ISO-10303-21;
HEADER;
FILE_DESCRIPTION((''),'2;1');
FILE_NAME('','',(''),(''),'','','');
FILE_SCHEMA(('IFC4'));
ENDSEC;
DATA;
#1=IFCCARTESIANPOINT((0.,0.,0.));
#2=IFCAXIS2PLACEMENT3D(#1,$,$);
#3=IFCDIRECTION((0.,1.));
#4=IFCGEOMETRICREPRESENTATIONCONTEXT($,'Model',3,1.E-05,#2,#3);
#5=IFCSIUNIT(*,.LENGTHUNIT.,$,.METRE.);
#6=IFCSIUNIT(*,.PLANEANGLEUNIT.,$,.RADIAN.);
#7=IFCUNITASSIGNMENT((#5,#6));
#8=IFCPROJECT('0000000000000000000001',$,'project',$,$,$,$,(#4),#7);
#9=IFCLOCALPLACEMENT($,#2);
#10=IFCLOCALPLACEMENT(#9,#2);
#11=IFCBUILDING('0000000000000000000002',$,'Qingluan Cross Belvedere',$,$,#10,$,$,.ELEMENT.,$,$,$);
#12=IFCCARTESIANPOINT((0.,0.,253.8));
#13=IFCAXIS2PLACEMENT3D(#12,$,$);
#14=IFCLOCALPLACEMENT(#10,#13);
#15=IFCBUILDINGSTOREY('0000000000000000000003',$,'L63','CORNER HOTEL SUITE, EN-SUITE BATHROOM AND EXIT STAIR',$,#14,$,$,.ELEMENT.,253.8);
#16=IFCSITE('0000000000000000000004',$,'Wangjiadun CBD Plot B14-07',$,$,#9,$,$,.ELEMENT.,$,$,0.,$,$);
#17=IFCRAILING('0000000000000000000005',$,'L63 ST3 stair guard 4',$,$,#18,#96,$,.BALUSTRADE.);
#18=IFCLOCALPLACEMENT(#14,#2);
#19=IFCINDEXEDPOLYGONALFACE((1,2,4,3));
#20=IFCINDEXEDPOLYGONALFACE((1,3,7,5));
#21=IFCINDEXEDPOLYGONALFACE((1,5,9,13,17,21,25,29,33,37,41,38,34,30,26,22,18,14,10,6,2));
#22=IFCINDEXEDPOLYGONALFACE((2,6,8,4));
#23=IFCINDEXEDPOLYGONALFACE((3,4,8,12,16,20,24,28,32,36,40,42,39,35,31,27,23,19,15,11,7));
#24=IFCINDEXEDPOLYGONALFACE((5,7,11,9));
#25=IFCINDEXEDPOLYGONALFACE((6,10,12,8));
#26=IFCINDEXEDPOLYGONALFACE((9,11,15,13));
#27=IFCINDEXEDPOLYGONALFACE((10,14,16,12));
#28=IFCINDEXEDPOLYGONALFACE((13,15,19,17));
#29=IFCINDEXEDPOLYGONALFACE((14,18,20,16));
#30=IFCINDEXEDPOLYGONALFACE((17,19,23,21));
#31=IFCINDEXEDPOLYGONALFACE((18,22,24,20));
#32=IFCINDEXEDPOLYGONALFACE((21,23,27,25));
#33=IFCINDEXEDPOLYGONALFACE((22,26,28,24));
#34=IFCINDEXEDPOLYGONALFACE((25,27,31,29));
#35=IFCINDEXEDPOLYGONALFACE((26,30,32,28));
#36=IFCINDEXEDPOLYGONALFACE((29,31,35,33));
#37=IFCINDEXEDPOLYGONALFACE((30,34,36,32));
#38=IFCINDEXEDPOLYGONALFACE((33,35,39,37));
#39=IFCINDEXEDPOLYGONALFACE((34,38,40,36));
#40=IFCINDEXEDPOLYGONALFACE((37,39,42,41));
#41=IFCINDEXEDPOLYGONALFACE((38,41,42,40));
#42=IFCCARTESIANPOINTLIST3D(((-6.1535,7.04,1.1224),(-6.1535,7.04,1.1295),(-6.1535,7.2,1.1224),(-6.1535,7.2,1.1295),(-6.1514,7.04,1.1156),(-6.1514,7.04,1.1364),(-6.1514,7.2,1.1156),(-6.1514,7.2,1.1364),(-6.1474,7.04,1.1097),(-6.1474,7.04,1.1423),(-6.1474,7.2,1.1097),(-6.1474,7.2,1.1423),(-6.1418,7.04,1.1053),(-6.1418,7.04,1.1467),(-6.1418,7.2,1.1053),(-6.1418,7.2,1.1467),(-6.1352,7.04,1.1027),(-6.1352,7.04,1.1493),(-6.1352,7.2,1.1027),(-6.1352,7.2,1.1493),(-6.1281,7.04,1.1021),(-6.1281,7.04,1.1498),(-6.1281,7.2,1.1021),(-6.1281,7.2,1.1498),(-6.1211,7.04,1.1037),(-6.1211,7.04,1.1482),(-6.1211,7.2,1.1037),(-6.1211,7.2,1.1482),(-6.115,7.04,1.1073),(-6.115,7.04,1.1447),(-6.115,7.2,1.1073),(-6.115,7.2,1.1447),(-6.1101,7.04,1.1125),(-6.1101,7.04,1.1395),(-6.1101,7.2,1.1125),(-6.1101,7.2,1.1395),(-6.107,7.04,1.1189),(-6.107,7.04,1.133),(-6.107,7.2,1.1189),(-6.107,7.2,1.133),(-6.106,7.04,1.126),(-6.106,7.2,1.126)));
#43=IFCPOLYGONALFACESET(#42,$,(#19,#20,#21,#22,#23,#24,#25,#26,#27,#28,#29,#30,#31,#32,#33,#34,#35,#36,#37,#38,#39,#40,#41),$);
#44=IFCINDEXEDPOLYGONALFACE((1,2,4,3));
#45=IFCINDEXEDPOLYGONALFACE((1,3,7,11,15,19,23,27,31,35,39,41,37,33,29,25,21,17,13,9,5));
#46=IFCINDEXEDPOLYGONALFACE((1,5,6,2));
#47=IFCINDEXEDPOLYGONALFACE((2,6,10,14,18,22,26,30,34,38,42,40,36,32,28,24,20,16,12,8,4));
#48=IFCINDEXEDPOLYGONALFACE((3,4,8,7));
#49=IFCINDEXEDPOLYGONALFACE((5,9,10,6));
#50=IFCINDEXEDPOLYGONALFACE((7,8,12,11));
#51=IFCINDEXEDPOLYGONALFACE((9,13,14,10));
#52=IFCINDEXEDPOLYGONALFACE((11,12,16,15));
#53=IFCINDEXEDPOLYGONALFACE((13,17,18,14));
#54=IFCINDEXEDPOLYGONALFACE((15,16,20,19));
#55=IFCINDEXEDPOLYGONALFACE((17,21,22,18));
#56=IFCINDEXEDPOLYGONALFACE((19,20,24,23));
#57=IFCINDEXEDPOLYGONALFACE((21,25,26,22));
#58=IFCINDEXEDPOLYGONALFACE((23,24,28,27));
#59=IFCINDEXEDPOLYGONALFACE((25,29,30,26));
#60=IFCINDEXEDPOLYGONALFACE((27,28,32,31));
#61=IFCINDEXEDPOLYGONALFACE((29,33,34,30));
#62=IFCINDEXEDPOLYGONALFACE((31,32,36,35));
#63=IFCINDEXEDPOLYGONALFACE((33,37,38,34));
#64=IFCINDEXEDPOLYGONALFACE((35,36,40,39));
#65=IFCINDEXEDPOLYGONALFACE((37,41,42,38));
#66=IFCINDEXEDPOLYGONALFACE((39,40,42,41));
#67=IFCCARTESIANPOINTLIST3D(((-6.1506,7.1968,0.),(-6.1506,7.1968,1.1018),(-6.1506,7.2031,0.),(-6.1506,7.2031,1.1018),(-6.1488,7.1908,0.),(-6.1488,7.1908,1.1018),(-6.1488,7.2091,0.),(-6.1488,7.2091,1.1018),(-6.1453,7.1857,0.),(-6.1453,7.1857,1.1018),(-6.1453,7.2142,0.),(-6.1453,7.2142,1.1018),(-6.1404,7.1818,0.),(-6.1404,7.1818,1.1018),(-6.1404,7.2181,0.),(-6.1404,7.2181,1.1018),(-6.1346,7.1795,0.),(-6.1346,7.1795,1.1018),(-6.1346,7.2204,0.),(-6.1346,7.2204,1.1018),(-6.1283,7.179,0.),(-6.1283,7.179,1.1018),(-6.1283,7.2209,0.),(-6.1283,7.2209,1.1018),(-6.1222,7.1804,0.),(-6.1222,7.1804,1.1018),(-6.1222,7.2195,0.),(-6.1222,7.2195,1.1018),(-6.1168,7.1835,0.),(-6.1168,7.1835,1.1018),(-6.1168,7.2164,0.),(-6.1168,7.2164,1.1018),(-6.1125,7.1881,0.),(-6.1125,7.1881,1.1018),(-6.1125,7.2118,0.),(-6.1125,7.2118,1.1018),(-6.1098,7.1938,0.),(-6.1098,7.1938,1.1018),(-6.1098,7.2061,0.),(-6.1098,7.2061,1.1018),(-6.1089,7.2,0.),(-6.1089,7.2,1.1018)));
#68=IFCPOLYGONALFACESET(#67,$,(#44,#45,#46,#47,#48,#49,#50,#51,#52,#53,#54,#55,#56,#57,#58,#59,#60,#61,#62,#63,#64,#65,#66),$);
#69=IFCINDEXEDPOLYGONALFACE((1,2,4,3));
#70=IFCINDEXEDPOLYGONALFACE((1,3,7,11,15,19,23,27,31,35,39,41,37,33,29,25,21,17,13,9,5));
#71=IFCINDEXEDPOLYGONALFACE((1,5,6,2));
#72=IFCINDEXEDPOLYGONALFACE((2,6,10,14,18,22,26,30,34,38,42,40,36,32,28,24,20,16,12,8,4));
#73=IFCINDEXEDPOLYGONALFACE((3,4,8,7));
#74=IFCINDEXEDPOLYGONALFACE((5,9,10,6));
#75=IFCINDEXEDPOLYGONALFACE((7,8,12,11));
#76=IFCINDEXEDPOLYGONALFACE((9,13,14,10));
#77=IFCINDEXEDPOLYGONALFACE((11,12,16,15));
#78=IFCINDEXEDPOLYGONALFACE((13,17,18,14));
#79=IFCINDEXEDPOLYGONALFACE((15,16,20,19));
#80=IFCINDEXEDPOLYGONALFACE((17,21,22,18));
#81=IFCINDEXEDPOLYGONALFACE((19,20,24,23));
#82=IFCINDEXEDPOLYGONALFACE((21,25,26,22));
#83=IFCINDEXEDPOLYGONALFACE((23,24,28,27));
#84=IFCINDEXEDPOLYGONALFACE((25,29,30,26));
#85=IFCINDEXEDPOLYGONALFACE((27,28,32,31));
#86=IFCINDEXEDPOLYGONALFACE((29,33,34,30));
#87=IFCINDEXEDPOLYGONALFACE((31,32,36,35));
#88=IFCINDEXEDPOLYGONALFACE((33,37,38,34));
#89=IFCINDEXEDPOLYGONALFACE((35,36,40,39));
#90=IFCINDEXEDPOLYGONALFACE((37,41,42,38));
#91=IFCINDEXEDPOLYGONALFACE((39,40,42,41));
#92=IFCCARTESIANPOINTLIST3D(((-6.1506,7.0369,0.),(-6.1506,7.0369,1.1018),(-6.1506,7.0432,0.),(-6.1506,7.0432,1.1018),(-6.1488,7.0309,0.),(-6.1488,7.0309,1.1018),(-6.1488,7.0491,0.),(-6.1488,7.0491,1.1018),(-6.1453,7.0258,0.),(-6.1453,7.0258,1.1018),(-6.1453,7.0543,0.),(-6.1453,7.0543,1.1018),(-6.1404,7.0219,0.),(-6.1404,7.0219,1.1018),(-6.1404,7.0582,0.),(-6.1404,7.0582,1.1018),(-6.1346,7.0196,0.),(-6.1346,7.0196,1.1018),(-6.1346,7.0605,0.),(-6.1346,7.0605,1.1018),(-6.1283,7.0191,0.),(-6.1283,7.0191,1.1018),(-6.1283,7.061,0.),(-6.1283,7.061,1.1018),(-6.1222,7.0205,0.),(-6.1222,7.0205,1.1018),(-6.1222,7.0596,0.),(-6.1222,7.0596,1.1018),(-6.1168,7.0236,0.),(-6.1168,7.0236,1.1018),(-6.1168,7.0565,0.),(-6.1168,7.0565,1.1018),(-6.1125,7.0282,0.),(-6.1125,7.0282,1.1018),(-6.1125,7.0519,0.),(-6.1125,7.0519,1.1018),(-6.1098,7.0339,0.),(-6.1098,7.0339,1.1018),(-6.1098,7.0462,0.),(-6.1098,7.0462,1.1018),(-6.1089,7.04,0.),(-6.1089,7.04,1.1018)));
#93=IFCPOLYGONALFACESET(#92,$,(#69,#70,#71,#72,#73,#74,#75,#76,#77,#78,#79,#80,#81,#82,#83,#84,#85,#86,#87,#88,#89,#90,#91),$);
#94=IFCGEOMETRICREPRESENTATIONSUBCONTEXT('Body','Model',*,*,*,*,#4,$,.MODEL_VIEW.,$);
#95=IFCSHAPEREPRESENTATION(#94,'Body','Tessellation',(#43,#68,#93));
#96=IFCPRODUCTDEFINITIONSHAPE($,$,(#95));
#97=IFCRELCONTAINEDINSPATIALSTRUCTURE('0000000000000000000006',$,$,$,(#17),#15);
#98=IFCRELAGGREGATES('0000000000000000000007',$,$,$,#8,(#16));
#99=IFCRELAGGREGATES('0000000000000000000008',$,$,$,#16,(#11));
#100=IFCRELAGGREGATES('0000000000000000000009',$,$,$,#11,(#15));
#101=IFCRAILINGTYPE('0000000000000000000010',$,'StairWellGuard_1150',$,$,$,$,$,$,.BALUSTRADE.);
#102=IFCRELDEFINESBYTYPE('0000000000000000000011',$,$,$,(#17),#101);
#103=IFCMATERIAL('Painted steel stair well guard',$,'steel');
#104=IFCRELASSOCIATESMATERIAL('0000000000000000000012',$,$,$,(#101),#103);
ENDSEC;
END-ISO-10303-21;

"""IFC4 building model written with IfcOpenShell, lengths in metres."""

from ifc_helpers import new_model, si_unit, direction, frame, origin, origin_2d, place, context, subcontext, project, spatial, circle, extrude, material, type_object, element, save


model = new_model("IFC4")

# Units and contexts
model_context = context("Model", 3, precision=1e-05, world=origin(), true_north=direction((0.0, 1.0)))
body_context = subcontext(model_context, "Body", "Model", "MODEL_VIEW")
ifc_project = project(units=[si_unit("LENGTHUNIT", "METRE"), si_unit("PLANEANGLEUNIT", "RADIAN")], contexts=[model_context])

# Site, building, storey
site_placement = place(None, origin())
site = spatial("IfcSite", under=ifc_project, at=site_placement, Name="Wangjiadun CBD Plot B14-07", CompositionType="ELEMENT", RefElevation=0.0)
building_placement = place(site_placement, origin())
building = spatial("IfcBuilding", under=site, at=building_placement, Name="Qingluan Cross Belvedere", CompositionType="ELEMENT")
storey_placement = place(building_placement, frame((0.0, 0.0, 253.8)))
storey = spatial("IfcBuildingStorey", under=building, at=storey_placement, Name="L63", Description="CORNER HOTEL SUITE, EN-SUITE BATHROOM AND EXIT STAIR", CompositionType="ELEMENT", Elevation=253.8)

# Railing
ifc_material_1 = material(Name="Painted steel stair well guard", Category="steel")
railing_type_1 = type_object("IfcRailingType", Name="StairWellGuard_1150", PredefinedType="BALUSTRADE", material=ifc_material_1)
railing_1_placement = place(storey_placement, frame((-6.1299, 7.2, 0.0)))
element("IfcRailing", 1, at=railing_1_placement, inside=storey, type_object=railing_type_1, Name="L63 ST3 stair guard 4", PredefinedType="BALUSTRADE", context=body_context, shape_type="SweptSolid", body=[
    extrude(circle(Radius=0.0239, at=origin_2d()), frame((0.0, 0.0, 1.126), z_axis=(0.0, -1.0, 0.0), x_axis=(1.0, 0.0, 0.0)), (0.0, 0.0, 1.0), 0.1599),
    extrude(circle(Radius=0.021, at=origin_2d()), origin(), (0.0, 0.0, 1.0), 1.1018),
    extrude(circle(Radius=0.021, at=origin_2d()), frame((0.0, -0.1599, 0.0)), (0.0, 0.0, 1.0), 1.1018),
])

save(model, "model.ifc")
